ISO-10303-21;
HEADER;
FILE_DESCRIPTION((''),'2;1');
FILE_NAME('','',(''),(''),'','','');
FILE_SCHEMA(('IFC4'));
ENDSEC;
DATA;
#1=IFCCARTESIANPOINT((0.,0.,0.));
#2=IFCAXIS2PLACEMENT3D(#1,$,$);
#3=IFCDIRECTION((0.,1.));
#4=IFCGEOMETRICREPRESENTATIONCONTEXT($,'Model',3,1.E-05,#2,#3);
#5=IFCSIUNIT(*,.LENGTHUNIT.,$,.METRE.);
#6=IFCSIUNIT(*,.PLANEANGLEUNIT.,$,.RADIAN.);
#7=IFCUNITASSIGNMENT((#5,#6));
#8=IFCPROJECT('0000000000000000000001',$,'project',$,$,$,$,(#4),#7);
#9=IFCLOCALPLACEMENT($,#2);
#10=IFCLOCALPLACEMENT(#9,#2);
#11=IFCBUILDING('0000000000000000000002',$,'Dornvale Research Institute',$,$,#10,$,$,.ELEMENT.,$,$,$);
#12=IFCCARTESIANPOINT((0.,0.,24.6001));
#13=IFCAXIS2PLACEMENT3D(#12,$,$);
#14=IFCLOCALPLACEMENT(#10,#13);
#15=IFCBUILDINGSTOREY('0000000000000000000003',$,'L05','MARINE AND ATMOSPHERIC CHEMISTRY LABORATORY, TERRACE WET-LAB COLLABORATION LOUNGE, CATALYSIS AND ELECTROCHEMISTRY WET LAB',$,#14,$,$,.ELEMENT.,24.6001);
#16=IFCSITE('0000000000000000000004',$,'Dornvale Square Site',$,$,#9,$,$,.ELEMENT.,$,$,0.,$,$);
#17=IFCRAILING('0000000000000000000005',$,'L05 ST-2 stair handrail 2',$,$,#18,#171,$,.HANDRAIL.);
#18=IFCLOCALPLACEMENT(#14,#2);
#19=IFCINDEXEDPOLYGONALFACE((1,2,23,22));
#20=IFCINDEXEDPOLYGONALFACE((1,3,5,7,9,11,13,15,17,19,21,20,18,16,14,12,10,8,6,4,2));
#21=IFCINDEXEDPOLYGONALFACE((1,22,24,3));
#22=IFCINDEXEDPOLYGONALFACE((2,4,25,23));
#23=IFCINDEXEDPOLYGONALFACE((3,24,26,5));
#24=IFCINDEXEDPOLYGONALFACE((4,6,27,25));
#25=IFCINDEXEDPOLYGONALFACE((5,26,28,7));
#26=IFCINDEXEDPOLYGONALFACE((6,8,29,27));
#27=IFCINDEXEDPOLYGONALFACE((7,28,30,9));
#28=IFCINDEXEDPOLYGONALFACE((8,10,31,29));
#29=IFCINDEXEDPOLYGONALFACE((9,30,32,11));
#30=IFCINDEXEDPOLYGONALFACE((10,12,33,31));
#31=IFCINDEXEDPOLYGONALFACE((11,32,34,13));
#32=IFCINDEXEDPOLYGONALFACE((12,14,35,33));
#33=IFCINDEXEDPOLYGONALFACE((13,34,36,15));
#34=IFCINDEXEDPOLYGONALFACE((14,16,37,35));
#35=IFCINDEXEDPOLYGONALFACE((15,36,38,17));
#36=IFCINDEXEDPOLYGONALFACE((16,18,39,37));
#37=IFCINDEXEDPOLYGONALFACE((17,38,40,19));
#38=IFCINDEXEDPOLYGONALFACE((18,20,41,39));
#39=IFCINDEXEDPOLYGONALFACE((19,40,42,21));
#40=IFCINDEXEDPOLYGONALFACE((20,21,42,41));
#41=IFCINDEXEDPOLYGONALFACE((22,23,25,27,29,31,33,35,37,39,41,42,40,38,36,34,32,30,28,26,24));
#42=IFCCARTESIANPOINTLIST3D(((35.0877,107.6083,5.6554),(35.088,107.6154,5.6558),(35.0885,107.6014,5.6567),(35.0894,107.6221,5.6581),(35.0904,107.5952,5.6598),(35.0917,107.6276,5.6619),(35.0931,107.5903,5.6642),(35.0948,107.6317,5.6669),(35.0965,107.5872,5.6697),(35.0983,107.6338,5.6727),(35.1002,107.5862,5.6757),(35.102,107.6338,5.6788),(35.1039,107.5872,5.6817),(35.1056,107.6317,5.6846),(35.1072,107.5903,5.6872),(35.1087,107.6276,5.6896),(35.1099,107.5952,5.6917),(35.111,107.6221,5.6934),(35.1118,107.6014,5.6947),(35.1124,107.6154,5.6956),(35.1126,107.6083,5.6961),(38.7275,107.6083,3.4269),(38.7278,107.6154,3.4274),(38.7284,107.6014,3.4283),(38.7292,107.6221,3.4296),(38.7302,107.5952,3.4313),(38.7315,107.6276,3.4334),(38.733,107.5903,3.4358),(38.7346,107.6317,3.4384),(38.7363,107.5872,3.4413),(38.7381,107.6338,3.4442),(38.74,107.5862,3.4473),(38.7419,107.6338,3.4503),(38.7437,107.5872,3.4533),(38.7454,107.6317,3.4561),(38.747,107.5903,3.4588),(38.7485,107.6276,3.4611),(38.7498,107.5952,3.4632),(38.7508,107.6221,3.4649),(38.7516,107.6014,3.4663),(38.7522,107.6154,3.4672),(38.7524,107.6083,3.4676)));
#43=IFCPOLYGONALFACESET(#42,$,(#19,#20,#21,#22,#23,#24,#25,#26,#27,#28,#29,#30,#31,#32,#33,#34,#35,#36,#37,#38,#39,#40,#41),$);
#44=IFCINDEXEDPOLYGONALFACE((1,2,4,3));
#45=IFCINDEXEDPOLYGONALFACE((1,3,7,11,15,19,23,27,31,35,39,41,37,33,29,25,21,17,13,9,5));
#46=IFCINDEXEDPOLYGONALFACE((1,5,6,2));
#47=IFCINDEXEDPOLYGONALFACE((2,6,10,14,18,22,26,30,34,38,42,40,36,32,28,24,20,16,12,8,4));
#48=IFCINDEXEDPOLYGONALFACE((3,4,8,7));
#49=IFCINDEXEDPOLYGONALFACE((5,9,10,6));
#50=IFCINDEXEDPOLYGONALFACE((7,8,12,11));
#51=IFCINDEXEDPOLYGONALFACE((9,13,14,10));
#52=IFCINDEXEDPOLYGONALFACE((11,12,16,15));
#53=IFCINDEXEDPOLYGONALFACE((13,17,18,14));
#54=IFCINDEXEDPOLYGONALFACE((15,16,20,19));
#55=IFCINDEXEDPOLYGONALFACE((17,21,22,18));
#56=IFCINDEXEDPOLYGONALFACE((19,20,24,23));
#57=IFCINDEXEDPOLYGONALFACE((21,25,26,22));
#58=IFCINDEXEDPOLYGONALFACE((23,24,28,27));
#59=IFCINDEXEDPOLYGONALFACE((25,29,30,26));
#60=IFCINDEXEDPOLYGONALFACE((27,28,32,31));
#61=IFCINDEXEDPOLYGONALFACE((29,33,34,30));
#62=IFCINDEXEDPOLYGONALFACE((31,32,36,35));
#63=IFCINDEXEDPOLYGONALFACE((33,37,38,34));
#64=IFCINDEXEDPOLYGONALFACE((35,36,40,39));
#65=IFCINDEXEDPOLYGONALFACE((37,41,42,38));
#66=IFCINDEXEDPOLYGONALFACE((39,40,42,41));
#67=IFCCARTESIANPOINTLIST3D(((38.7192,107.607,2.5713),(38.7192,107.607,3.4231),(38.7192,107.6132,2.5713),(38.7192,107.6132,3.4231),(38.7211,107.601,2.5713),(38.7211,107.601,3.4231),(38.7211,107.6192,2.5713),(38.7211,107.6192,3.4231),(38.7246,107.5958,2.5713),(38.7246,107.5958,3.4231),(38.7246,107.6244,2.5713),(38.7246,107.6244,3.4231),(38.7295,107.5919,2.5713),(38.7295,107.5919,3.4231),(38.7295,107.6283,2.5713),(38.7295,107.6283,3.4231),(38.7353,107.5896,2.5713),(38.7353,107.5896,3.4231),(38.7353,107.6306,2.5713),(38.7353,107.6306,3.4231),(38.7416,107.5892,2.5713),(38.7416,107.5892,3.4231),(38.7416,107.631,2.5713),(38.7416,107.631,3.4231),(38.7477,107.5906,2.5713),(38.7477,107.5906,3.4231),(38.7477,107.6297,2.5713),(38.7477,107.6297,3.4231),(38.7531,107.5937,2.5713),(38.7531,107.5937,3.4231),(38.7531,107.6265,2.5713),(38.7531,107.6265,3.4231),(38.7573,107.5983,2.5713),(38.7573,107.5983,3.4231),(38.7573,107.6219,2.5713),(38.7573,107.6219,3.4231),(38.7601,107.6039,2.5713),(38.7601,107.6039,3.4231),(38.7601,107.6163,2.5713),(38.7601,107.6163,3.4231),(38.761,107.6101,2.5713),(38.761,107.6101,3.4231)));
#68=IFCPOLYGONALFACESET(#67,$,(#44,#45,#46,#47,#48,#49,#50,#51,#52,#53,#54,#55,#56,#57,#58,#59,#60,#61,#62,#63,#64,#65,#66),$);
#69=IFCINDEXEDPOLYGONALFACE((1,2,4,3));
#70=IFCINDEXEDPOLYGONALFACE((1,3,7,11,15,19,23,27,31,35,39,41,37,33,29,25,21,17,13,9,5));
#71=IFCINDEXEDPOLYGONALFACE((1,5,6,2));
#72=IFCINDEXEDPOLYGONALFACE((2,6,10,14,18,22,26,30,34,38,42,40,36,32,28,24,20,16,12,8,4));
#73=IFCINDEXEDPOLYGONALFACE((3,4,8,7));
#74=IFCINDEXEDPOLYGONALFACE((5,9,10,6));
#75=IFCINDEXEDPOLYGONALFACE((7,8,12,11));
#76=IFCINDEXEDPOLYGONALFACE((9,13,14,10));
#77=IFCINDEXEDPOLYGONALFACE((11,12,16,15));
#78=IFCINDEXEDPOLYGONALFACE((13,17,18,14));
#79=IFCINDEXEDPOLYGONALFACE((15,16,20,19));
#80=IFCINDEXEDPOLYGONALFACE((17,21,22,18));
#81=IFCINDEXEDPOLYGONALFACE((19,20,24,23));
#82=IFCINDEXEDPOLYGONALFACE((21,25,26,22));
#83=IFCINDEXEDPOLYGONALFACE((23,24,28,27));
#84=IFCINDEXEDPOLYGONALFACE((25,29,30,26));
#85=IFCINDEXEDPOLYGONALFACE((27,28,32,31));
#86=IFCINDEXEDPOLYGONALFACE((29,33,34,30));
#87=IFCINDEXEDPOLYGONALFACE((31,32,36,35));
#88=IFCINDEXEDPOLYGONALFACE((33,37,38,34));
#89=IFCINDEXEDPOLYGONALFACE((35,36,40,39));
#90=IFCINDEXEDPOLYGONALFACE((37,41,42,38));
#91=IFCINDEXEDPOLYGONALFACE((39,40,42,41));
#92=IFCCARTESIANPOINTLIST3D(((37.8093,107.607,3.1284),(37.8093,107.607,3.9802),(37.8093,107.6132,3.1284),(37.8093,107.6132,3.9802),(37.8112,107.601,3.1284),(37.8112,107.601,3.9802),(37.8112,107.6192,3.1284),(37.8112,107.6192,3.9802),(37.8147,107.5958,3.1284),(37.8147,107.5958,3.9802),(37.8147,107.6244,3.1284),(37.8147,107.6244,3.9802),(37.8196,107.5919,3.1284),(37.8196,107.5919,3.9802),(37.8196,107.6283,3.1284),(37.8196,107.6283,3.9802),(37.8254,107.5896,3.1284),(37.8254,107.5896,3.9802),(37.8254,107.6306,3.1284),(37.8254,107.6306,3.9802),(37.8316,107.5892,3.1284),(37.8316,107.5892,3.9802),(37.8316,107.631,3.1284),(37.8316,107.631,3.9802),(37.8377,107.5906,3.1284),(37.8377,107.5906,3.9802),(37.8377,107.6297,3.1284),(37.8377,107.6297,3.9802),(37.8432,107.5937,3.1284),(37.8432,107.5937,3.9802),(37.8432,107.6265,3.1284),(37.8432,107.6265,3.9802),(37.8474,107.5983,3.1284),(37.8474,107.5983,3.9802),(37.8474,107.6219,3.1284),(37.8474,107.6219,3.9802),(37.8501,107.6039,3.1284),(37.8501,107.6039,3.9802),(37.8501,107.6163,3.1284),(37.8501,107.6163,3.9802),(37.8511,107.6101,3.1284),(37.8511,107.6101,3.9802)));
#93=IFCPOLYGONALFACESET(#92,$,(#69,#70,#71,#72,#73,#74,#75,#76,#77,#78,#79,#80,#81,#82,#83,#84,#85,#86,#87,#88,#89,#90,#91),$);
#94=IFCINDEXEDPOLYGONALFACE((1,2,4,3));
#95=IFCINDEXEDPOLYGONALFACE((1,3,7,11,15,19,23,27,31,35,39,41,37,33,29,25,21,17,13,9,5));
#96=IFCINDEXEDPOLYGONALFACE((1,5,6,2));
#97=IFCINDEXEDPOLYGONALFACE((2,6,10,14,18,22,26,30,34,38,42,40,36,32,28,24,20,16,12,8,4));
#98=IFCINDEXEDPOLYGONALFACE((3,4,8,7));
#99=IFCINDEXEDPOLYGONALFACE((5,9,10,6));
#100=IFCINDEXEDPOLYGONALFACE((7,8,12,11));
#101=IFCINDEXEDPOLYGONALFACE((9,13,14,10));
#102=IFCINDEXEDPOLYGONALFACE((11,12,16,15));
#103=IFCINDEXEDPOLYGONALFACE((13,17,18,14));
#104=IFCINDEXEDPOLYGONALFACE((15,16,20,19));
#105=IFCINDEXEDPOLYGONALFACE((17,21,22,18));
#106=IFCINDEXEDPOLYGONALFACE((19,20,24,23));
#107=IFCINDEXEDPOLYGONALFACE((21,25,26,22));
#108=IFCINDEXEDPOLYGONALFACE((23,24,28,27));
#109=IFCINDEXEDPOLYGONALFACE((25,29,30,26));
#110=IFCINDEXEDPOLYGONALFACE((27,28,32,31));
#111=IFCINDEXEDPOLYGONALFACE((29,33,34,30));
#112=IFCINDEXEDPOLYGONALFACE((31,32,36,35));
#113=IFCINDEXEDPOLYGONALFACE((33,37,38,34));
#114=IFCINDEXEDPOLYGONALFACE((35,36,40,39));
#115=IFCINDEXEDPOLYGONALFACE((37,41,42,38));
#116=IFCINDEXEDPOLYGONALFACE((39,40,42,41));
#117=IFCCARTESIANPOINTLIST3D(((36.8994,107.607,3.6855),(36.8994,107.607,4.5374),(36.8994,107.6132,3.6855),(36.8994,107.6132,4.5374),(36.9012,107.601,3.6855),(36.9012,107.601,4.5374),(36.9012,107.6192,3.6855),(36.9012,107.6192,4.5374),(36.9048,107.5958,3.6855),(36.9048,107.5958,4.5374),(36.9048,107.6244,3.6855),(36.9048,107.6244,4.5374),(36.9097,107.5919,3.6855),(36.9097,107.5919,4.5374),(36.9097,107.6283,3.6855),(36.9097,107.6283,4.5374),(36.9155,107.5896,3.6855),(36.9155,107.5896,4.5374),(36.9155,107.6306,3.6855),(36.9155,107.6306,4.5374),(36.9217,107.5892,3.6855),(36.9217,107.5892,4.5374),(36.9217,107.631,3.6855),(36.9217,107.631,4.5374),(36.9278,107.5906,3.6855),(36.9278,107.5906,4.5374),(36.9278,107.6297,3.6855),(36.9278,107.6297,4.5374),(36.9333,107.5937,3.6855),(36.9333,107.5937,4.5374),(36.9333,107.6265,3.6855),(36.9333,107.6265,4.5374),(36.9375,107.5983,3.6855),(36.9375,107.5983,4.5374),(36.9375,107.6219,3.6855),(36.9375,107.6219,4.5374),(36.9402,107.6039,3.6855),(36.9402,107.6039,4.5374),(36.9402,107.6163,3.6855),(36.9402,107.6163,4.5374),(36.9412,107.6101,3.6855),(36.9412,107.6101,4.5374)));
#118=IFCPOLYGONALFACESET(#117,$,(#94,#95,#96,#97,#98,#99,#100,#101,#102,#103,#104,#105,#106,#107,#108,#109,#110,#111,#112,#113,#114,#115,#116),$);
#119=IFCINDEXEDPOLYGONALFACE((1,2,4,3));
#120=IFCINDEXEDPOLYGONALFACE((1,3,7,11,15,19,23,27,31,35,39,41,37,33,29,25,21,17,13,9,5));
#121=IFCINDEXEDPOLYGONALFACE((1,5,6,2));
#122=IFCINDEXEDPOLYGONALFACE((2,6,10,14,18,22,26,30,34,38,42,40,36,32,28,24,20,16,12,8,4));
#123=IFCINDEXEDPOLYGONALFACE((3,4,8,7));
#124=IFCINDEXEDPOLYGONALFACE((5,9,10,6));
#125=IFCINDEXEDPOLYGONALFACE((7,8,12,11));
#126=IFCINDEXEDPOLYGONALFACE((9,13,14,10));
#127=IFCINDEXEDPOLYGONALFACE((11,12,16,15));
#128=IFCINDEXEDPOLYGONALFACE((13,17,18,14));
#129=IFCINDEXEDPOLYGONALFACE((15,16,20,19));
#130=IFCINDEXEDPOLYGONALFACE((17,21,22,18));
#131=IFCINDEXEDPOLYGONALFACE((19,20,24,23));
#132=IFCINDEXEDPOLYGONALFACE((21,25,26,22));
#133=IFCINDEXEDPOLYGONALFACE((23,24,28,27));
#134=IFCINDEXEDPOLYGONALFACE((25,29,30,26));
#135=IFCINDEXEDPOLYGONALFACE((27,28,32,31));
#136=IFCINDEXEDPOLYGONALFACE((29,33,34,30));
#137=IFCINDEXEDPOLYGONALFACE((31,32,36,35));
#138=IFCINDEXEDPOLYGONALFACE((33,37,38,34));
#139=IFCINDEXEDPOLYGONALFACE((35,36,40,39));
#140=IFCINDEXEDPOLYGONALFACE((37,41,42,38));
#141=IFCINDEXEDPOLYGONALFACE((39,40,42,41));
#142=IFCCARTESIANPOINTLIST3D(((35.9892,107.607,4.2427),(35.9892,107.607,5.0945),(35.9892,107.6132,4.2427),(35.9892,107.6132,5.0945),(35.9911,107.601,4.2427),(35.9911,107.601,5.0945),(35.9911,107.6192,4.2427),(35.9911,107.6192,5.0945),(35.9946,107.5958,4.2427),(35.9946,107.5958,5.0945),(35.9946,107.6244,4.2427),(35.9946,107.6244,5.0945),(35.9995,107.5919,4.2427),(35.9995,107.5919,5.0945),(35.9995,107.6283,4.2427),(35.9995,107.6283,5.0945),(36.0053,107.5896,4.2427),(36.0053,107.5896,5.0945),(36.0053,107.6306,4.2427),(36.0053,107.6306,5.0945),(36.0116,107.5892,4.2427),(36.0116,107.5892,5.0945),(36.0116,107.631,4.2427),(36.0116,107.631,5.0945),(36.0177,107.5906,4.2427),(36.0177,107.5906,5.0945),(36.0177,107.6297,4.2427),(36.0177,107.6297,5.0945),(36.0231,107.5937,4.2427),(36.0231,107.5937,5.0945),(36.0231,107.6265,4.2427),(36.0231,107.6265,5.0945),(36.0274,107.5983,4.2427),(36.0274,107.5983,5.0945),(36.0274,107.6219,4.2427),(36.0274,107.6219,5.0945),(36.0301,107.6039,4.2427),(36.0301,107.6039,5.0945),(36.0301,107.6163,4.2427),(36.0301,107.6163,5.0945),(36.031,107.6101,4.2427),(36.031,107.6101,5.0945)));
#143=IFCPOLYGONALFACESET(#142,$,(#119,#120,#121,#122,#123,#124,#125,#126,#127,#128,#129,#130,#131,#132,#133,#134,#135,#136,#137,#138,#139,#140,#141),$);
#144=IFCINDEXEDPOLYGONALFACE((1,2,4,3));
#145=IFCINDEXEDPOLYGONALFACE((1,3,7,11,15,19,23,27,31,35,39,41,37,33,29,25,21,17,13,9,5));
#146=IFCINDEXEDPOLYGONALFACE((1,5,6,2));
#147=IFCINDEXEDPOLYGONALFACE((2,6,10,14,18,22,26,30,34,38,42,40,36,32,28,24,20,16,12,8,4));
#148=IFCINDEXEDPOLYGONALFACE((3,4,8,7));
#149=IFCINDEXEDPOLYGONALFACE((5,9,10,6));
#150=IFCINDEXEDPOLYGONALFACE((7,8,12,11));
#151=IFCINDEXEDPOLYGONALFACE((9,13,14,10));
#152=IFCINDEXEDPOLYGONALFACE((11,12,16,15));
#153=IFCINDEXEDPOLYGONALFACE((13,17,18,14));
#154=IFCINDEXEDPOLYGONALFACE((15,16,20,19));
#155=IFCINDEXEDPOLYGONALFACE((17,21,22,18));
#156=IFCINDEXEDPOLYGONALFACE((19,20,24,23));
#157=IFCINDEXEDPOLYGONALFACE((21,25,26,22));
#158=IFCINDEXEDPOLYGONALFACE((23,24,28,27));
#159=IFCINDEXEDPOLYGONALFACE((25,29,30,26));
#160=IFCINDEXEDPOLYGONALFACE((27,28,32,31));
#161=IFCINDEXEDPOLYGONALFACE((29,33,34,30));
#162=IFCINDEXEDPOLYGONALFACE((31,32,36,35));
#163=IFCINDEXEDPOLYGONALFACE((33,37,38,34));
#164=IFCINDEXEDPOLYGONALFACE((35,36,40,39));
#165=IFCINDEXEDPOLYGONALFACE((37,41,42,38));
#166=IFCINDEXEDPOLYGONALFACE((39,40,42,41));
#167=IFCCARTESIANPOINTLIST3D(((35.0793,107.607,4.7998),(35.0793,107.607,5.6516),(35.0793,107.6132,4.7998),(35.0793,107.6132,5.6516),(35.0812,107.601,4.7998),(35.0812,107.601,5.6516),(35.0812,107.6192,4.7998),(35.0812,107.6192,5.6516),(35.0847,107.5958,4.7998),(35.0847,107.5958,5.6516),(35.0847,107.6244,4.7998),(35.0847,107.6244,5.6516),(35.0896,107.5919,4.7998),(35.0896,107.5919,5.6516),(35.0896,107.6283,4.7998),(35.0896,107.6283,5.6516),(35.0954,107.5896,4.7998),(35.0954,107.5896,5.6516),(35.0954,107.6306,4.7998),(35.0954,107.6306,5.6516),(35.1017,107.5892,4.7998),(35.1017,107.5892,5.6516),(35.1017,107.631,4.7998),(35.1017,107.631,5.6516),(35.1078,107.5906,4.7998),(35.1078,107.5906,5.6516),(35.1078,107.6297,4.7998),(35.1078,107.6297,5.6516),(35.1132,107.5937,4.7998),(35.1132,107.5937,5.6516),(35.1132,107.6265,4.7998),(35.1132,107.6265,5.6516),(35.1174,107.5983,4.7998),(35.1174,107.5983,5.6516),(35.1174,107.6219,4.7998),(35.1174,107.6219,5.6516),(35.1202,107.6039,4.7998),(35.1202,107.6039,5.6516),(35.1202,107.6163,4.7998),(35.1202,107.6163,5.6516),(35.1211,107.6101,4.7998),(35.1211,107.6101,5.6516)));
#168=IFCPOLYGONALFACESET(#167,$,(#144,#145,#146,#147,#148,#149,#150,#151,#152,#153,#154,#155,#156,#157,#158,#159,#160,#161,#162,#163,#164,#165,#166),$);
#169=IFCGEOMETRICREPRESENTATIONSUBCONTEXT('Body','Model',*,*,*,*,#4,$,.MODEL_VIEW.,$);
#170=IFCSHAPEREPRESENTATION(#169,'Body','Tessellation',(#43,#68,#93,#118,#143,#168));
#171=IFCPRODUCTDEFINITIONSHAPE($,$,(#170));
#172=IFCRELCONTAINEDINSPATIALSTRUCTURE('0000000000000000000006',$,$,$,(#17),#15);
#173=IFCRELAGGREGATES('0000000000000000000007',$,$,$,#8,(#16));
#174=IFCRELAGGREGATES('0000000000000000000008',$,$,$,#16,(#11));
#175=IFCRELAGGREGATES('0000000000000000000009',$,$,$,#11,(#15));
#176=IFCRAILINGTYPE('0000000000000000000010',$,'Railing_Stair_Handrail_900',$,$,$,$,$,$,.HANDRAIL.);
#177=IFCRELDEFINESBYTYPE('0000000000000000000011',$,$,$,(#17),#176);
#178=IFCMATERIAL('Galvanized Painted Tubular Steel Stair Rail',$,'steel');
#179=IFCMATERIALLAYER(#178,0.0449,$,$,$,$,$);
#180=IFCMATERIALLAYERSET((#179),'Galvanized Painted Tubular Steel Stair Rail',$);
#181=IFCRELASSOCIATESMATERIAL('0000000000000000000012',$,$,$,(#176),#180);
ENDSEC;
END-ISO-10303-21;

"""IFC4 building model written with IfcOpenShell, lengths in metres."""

from ifc_helpers import new_model, si_unit, direction, frame, origin, origin_2d, place, context, subcontext, project, spatial, circle, extrude, material, layer, layer_set, type_object, element, save


model = new_model("IFC4")

# Units and contexts
model_context = context("Model", 3, precision=1e-05, world=origin(), true_north=direction((0.0, 1.0)))
body_context = subcontext(model_context, "Body", "Model", "MODEL_VIEW")
ifc_project = project(units=[si_unit("LENGTHUNIT", "METRE"), si_unit("PLANEANGLEUNIT", "RADIAN")], contexts=[model_context])

# Site, building, storey
site_placement = place(None, origin())
site = spatial("IfcSite", under=ifc_project, at=site_placement, Name="Dornvale Square Site", CompositionType="ELEMENT", RefElevation=0.0)
building_placement = place(site_placement, origin())
building = spatial("IfcBuilding", under=site, at=building_placement, Name="Dornvale Research Institute", CompositionType="ELEMENT")
storey_placement = place(building_placement, frame((0.0, 0.0, 24.6001)))
storey = spatial("IfcBuildingStorey", under=building, at=storey_placement, Name="L05", Description="MARINE AND ATMOSPHERIC CHEMISTRY LABORATORY, TERRACE WET-LAB COLLABORATION LOUNGE, CATALYSIS AND ELECTROCHEMISTRY WET LAB", CompositionType="ELEMENT", Elevation=24.6001)

# Railing
ifc_material_1 = material(Name="Galvanized Painted Tubular Steel Stair Rail", Category="steel")
ifc_layer_1 = layer(ifc_material_1, 0.0449)
ifc_layer_set_1 = layer_set([ifc_layer_1], Name="Galvanized Painted Tubular Steel Stair Rail")
railing_type = type_object("IfcRailingType", Name="Railing_Stair_Handrail_900", PredefinedType="HANDRAIL", material=ifc_layer_set_1)
railing_placement = place(storey_placement, frame((38.74, 107.6101, 2.5713)))
element("IfcRailing", 1, at=railing_placement, inside=storey, type_object=railing_type, Name="L05 ST-2 stair handrail 2", PredefinedType="HANDRAIL", context=body_context, shape_type="SweptSolid", body=[
    extrude(circle(Radius=0.0239, at=origin_2d()), frame((0.0, 0.0, 0.876), z_axis=(-0.85285, 0.0, 0.522156), x_axis=(0.0, -1.0, 0.0)), (0.0, 0.0, 1.0), 4.2678),
    extrude(circle(Radius=0.021, at=origin_2d()), origin(), (0.0, 0.0, 1.0), 0.8518),
    extrude(circle(Radius=0.021, at=origin_2d()), frame((-0.9099, 0.0, 0.5571)), (0.0, 0.0, 1.0), 0.8518),
    extrude(circle(Radius=0.021, at=origin_2d()), frame((-1.8198, 0.0, 1.1143)), (0.0, 0.0, 1.0), 0.8518),
    extrude(circle(Radius=0.021, at=origin_2d()), frame((-2.73, 0.0, 1.6714)), (0.0, 0.0, 1.0), 0.8518),
    extrude(circle(Radius=0.021, at=origin_2d()), frame((-3.6399, 0.0, 2.2285)), (0.0, 0.0, 1.0), 0.8518),
])

save(model, "model.ifc")
